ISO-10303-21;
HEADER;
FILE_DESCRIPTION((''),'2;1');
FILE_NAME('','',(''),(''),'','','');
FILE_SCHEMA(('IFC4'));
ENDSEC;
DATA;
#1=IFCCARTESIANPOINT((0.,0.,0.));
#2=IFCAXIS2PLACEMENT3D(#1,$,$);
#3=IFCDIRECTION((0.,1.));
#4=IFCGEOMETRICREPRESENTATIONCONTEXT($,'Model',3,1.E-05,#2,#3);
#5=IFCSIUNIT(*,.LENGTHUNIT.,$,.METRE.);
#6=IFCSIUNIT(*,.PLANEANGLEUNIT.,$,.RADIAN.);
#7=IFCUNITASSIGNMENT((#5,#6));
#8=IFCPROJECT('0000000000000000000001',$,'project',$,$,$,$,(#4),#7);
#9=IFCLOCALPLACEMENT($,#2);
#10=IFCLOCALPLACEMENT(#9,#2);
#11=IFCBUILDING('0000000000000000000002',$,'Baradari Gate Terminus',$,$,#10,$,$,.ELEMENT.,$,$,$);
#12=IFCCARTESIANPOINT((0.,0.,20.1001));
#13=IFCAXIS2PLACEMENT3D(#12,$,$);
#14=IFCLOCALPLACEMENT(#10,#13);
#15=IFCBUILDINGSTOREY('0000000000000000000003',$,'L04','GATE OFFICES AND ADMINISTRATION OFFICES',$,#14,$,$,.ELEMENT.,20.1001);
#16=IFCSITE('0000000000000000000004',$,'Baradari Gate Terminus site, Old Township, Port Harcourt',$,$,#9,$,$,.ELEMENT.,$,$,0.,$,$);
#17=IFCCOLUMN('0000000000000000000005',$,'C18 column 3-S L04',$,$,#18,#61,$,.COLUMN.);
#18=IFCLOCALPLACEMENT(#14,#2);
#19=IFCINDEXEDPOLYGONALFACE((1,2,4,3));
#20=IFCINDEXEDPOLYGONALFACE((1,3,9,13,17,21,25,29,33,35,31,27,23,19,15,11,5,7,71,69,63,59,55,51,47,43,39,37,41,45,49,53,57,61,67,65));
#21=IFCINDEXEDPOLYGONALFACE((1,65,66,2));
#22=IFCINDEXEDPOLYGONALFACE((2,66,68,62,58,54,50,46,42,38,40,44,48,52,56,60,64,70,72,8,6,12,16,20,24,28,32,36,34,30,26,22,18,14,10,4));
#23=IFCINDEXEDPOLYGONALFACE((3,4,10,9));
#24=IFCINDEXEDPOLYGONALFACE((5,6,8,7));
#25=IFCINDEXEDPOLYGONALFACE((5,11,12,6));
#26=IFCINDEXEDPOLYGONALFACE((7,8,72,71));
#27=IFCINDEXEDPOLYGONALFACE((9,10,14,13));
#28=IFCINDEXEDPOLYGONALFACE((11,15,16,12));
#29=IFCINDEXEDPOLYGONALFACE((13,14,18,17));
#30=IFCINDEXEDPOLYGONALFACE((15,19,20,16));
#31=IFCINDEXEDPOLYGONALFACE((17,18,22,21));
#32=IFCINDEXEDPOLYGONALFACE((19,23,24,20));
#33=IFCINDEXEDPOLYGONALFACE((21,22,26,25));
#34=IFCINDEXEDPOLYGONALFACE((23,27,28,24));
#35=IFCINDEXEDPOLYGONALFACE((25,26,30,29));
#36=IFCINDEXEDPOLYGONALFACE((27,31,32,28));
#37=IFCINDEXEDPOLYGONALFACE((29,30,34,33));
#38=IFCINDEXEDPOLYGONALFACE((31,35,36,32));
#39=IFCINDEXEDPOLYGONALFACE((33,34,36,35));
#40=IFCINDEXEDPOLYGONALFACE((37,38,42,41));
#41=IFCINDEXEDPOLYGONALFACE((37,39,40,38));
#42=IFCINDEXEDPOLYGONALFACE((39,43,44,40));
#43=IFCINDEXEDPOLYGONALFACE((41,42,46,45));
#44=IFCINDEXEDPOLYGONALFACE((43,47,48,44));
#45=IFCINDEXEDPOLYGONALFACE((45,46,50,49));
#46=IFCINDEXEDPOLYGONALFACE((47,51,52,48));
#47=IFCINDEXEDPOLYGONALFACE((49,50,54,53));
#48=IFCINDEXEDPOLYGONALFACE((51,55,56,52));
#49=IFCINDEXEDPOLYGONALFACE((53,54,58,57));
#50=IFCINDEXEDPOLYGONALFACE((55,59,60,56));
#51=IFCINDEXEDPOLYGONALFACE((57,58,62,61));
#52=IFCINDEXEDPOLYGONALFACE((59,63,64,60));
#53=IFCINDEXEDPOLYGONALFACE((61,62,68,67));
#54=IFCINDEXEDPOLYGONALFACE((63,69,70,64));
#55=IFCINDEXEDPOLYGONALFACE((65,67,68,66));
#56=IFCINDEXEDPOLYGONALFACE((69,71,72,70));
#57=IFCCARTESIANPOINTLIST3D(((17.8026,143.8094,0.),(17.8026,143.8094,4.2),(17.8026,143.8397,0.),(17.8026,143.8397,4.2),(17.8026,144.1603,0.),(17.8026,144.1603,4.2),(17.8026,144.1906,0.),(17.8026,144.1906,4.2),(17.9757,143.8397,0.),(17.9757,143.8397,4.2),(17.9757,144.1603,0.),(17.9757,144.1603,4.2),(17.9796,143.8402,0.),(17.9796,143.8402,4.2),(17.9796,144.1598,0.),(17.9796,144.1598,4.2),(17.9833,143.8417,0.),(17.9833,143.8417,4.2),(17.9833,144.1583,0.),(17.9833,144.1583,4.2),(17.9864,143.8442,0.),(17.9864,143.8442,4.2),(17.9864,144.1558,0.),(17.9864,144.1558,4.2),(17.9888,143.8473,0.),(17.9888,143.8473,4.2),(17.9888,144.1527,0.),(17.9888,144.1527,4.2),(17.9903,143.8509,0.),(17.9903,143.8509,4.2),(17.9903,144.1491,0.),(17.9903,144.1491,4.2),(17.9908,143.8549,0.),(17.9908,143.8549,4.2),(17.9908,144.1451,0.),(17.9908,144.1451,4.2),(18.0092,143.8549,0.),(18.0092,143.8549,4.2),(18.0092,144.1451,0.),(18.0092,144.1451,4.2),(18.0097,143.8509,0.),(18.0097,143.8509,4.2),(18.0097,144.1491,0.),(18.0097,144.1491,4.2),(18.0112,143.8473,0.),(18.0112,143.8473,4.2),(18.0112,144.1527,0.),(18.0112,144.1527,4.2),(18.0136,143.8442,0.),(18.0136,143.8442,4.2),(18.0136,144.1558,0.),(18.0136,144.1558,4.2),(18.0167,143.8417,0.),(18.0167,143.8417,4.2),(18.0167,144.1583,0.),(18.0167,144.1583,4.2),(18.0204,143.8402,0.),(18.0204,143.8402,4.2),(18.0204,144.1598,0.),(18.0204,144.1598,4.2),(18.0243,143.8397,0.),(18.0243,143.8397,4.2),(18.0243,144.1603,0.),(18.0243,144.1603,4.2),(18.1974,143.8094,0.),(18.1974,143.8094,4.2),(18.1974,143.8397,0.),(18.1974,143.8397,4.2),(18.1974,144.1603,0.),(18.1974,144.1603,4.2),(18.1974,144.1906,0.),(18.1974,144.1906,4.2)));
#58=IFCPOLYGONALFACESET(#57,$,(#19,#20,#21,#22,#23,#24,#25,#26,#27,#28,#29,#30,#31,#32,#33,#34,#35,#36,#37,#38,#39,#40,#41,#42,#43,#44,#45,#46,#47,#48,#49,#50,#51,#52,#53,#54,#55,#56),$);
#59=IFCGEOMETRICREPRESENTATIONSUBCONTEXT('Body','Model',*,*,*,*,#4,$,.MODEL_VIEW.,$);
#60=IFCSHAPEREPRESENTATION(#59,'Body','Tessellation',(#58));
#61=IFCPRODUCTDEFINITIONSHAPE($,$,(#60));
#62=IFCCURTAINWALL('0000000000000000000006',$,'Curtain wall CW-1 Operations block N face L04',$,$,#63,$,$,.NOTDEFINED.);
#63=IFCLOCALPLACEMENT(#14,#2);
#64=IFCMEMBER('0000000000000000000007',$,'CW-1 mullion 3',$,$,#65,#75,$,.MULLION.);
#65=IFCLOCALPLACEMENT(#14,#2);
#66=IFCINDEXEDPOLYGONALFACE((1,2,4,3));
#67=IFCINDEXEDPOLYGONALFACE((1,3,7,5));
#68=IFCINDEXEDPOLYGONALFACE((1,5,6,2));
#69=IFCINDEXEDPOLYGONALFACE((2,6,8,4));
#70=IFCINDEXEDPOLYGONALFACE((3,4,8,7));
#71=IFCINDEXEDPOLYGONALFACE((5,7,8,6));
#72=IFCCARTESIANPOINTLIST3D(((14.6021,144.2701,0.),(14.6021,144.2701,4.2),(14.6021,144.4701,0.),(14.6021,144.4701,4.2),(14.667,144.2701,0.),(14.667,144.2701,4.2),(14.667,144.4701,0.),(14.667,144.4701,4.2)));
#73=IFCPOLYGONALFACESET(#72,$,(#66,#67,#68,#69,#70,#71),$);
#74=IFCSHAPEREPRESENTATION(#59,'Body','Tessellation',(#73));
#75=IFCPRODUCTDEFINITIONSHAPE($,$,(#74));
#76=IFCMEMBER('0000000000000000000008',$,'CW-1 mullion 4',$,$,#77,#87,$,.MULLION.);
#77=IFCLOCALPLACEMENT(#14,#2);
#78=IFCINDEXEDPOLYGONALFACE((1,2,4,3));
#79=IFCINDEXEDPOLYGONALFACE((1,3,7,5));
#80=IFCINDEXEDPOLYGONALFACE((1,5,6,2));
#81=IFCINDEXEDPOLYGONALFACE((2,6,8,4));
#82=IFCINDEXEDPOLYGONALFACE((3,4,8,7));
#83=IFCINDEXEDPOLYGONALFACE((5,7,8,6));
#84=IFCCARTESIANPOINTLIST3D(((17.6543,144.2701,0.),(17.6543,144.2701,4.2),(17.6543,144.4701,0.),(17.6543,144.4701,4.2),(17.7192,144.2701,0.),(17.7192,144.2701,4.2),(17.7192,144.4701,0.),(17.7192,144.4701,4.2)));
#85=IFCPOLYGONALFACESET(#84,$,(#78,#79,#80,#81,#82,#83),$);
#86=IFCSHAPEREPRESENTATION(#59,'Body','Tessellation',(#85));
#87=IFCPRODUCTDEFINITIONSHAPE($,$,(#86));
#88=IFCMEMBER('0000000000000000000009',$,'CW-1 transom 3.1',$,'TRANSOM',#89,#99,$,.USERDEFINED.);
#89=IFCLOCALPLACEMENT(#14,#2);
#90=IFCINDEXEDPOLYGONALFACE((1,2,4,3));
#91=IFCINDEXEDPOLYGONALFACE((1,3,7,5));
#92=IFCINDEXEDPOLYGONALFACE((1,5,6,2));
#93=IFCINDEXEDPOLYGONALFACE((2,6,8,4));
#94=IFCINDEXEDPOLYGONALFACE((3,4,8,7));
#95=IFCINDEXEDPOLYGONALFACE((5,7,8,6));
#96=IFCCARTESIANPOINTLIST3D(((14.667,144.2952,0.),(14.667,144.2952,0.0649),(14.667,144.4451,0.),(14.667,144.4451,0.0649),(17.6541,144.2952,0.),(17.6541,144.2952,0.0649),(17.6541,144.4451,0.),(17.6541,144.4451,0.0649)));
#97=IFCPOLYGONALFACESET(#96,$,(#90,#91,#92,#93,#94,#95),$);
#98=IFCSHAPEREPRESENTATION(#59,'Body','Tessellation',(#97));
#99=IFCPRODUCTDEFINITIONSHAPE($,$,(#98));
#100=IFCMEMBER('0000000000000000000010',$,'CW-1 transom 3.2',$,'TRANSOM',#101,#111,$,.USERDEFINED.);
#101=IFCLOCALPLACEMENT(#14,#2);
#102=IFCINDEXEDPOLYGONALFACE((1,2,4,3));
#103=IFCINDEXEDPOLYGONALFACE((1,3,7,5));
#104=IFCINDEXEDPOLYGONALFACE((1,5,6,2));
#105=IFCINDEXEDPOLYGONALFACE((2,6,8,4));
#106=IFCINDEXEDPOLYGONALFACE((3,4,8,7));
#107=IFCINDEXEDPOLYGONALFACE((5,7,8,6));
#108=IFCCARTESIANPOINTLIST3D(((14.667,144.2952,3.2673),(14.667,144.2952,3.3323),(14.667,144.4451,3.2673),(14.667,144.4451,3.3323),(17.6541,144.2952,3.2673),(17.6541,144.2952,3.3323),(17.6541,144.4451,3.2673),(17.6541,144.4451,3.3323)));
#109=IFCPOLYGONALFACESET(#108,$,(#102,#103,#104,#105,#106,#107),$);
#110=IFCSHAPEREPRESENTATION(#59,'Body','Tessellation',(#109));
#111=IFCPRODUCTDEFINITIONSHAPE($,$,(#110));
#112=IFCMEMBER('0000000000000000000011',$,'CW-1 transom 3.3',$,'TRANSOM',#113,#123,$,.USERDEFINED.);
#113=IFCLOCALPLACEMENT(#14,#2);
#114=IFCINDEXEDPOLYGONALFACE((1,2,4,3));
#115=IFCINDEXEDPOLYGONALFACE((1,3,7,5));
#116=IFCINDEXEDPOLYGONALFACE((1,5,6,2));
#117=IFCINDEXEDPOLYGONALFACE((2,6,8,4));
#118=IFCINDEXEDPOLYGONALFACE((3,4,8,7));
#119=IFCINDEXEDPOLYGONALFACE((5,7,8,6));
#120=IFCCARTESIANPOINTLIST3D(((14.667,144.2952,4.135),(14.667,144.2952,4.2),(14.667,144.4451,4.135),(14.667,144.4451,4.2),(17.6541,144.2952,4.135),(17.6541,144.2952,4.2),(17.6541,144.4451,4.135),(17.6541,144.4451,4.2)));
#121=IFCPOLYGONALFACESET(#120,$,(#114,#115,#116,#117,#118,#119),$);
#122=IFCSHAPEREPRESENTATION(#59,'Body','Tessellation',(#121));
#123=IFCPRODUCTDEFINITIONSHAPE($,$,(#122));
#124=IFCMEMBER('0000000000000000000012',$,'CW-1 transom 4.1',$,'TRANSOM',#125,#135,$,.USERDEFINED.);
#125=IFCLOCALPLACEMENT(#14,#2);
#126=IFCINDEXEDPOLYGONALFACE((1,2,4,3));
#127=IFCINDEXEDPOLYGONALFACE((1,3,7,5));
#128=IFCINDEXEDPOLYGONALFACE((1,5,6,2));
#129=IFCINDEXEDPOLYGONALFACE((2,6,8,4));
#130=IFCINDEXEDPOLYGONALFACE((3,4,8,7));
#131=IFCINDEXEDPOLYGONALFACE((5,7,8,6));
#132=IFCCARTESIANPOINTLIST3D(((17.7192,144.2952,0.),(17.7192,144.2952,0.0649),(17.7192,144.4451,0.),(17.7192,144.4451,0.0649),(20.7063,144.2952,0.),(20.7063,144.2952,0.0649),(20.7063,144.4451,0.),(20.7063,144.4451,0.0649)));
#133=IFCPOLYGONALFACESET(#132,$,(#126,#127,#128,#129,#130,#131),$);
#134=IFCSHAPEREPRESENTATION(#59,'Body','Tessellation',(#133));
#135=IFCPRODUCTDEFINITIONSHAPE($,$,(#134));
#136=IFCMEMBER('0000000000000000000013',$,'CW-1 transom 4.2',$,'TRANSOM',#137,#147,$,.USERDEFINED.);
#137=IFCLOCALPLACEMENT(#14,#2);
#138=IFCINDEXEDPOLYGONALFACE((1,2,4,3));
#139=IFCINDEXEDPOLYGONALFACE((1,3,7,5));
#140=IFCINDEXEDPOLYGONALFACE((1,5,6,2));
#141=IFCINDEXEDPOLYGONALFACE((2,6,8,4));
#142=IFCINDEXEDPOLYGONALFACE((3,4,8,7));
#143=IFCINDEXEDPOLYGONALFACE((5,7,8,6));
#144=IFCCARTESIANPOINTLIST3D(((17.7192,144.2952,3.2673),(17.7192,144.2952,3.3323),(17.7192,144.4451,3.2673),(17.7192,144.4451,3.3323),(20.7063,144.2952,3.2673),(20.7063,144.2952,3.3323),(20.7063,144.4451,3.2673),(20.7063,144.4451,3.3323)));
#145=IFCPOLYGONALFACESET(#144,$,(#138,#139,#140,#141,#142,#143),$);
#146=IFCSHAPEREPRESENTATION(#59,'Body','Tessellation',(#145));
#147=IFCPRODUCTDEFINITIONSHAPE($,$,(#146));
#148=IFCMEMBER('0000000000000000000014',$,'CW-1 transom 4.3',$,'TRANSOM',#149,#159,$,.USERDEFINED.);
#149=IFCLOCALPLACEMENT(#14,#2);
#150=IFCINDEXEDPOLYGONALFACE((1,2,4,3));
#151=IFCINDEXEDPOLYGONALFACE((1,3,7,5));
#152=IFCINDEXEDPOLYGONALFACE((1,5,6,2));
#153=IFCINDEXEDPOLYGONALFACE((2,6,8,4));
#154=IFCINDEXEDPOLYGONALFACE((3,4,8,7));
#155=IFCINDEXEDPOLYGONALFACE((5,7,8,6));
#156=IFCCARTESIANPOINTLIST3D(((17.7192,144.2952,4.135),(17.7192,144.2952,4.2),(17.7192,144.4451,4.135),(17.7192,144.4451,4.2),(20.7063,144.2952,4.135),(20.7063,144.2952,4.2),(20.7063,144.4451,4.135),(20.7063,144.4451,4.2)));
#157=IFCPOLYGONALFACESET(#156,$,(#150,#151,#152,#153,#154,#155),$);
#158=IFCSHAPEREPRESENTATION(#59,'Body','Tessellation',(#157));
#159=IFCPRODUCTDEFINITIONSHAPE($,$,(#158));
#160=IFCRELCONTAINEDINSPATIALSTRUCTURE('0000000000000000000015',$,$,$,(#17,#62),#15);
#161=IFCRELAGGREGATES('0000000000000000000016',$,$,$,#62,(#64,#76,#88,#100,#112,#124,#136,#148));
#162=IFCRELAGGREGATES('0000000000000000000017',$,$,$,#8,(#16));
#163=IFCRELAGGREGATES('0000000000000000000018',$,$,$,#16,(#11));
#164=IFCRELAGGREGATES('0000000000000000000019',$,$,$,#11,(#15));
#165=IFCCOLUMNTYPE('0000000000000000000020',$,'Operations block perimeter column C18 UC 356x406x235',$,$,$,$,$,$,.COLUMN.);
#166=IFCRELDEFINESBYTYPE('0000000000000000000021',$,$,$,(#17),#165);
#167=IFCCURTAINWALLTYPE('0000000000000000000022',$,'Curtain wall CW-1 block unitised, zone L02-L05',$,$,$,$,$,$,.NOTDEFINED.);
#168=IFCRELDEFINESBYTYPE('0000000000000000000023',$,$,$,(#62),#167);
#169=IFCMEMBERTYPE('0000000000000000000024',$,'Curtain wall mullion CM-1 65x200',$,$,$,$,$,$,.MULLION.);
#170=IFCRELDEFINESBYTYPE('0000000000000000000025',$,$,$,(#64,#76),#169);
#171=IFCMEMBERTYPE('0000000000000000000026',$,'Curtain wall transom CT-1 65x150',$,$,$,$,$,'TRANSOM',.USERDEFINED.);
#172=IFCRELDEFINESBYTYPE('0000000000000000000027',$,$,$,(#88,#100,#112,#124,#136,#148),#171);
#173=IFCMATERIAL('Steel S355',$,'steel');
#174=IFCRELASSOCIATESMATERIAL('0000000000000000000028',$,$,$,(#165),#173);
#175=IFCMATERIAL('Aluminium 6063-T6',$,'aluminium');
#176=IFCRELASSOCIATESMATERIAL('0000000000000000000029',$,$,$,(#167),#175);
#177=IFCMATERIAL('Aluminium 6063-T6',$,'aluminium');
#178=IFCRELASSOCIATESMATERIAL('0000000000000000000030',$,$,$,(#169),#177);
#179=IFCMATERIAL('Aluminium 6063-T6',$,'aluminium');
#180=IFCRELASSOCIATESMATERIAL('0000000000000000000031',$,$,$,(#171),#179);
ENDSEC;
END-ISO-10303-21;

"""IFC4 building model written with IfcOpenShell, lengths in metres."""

from ifc_helpers import new_model, si_unit, direction, frame, origin, origin_2d, place, context, subcontext, project, spatial, rectangle, i_section, extrude, material, material_profile, profile_set, type_object, element, aggregate, save


model = new_model("IFC4")

# Units and contexts
model_context = context("Model", 3, precision=1e-05, world=origin(), true_north=direction((0.0, 1.0)))
body_context = subcontext(model_context, "Body", "Model", "MODEL_VIEW")
ifc_project = project(units=[si_unit("LENGTHUNIT", "METRE"), si_unit("PLANEANGLEUNIT", "RADIAN")], contexts=[model_context])

# Site, building, storey
site_placement = place(None, origin())
site = spatial("IfcSite", under=ifc_project, at=site_placement, Name="Baradari Gate Terminus site, Old Township, Port Harcourt", CompositionType="ELEMENT", RefElevation=0.0)
building_placement = place(site_placement, origin())
building = spatial("IfcBuilding", under=site, at=building_placement, Name="Baradari Gate Terminus", CompositionType="ELEMENT")
storey_placement = place(building_placement, frame((0.0, 0.0, 20.1001)))
storey = spatial("IfcBuildingStorey", under=building, at=storey_placement, Name="L04", Description="GATE OFFICES AND ADMINISTRATION OFFICES", CompositionType="ELEMENT", Elevation=20.1001)

# Column
ifc_material_1 = material(Name="Steel S355", Category="steel")
ifc_material_profile_1 = material_profile(ifc_material_1, i_section(OverallWidth=0.3948, OverallDepth=0.3811, WebThickness=0.0183, FlangeThickness=0.0303, FilletRadius=0.0151, at=origin_2d()), Name="UC 356x406x235")
ifc_profile_set_1 = profile_set([ifc_material_profile_1], Name="Steel S355")
column_type = type_object("IfcColumnType", Name="Operations block perimeter column C18 UC 356x406x235", PredefinedType="COLUMN", material=ifc_profile_set_1)
column_placement = place(storey_placement, frame((18.0, 144.0, 0.0), z_axis=(0.0, 0.0, 1.0), x_axis=(1.0, 0.0, 0.0)))
element("IfcColumn", 1, at=column_placement, inside=storey, type_object=column_type, Name="C18 column 3-S L04", PredefinedType="COLUMN", context=body_context, shape_type="SweptSolid", body=[
    extrude(i_section(OverallWidth=0.3948, OverallDepth=0.3811, WebThickness=0.0183, FlangeThickness=0.0303, FilletRadius=0.0151, at=origin_2d()), origin(), (0.0, 0.0, 1.0), 4.2),
])

# Curtain wall, members
ifc_material_2 = material(Name="Aluminium 6063-T6", Category="aluminium")
curtain_wall_type = type_object("IfcCurtainWallType", Name="Curtain wall CW-1 block unitised, zone L02-L05", PredefinedType="NOTDEFINED", material=ifc_material_2)
curtain_wall_placement = place(storey_placement, origin())
curtain_wall = element("IfcCurtainWall", 2, at=curtain_wall_placement, inside=storey, type_object=curtain_wall_type, Name="Curtain wall CW-1 Operations block N face L04", PredefinedType="NOTDEFINED")
ifc_material_3 = material(Name="Aluminium 6063-T6", Category="aluminium")
ifc_material_profile_2 = material_profile(ifc_material_3, rectangle(XDim=0.2, YDim=0.0649, at=origin_2d()), Name="CM-1 65X200")
ifc_profile_set_2 = profile_set([ifc_material_profile_2], Name="Aluminium 6063-T6")
member_type_1 = type_object("IfcMemberType", Name="Curtain wall mullion CM-1 65x200", PredefinedType="MULLION", material=ifc_profile_set_2)
member_1_placement = place(storey_placement, frame((14.6345, 144.3701, 0.0), z_axis=(0.0, 0.0, 1.0), x_axis=(0.0, 1.0, 0.0)))
member_1 = element("IfcMember", 3, at=member_1_placement, type_object=member_type_1, Name="CW-1 mullion 3", PredefinedType="MULLION", context=body_context, shape_type="SweptSolid", body=[
    extrude(rectangle(XDim=0.2, YDim=0.0649, at=origin_2d()), origin(), (0.0, 0.0, 1.0), 4.2),
])
member_2_placement = place(storey_placement, frame((17.6868, 144.3701, 0.0), z_axis=(0.0, 0.0, 1.0), x_axis=(0.0, 1.0, 0.0)))
member_2 = element("IfcMember", 4, at=member_2_placement, type_object=member_type_1, Name="CW-1 mullion 4", PredefinedType="MULLION", context=body_context, shape_type="SweptSolid", body=[
    extrude(rectangle(XDim=0.2, YDim=0.0649, at=origin_2d()), origin(), (0.0, 0.0, 1.0), 4.2),
])
ifc_material_4 = material(Name="Aluminium 6063-T6", Category="aluminium")
ifc_material_profile_3 = material_profile(ifc_material_4, rectangle(XDim=0.1499, YDim=0.0649, at=origin_2d()), Name="CT-1 65X150")
ifc_profile_set_3 = profile_set([ifc_material_profile_3], Name="Aluminium 6063-T6")
member_type_2 = type_object("IfcMemberType", Name="Curtain wall transom CT-1 65x150", ElementType="TRANSOM", PredefinedType="USERDEFINED", material=ifc_profile_set_3)
member_3_placement = place(storey_placement, frame((14.667, 144.3701, 0.0325), z_axis=(1.0, 0.0, 0.0), x_axis=(0.0, 1.0, 0.0)))
member_3 = element("IfcMember", 5, at=member_3_placement, type_object=member_type_2, Name="CW-1 transom 3.1", ObjectType="TRANSOM", PredefinedType="USERDEFINED", context=body_context, shape_type="SweptSolid", body=[
    extrude(rectangle(XDim=0.1499, YDim=0.0649, at=origin_2d()), origin(), (0.0, 0.0, 1.0), 2.9871),
])
member_4_placement = place(storey_placement, frame((14.667, 144.3701, 3.2998), z_axis=(1.0, 0.0, 0.0), x_axis=(0.0, 1.0, 0.0)))
member_4 = element("IfcMember", 6, at=member_4_placement, type_object=member_type_2, Name="CW-1 transom 3.2", ObjectType="TRANSOM", PredefinedType="USERDEFINED", context=body_context, shape_type="SweptSolid", body=[
    extrude(rectangle(XDim=0.1499, YDim=0.0649, at=origin_2d()), origin(), (0.0, 0.0, 1.0), 2.9871),
])
member_5_placement = place(storey_placement, frame((14.667, 144.3701, 4.1675), z_axis=(1.0, 0.0, 0.0), x_axis=(0.0, 1.0, 0.0)))
member_5 = element("IfcMember", 7, at=member_5_placement, type_object=member_type_2, Name="CW-1 transom 3.3", ObjectType="TRANSOM", PredefinedType="USERDEFINED", context=body_context, shape_type="SweptSolid", body=[
    extrude(rectangle(XDim=0.1499, YDim=0.0649, at=origin_2d()), origin(), (0.0, 0.0, 1.0), 2.9871),
])
member_6_placement = place(storey_placement, frame((17.7192, 144.3701, 0.0325), z_axis=(1.0, 0.0, 0.0), x_axis=(0.0, 1.0, 0.0)))
member_6 = element("IfcMember", 8, at=member_6_placement, type_object=member_type_2, Name="CW-1 transom 4.1", ObjectType="TRANSOM", PredefinedType="USERDEFINED", context=body_context, shape_type="SweptSolid", body=[
    extrude(rectangle(XDim=0.1499, YDim=0.0649, at=origin_2d()), origin(), (0.0, 0.0, 1.0), 2.9871),
])
member_7_placement = place(storey_placement, frame((17.7192, 144.3701, 3.2998), z_axis=(1.0, 0.0, 0.0), x_axis=(0.0, 1.0, 0.0)))
member_7 = element("IfcMember", 9, at=member_7_placement, type_object=member_type_2, Name="CW-1 transom 4.2", ObjectType="TRANSOM", PredefinedType="USERDEFINED", context=body_context, shape_type="SweptSolid", body=[
    extrude(rectangle(XDim=0.1499, YDim=0.0649, at=origin_2d()), origin(), (0.0, 0.0, 1.0), 2.9871),
])
member_8_placement = place(storey_placement, frame((17.7192, 144.3701, 4.1675), z_axis=(1.0, 0.0, 0.0), x_axis=(0.0, 1.0, 0.0)))
member_8 = element("IfcMember", 10, at=member_8_placement, type_object=member_type_2, Name="CW-1 transom 4.3", ObjectType="TRANSOM", PredefinedType="USERDEFINED", context=body_context, shape_type="SweptSolid", body=[
    extrude(rectangle(XDim=0.1499, YDim=0.0649, at=origin_2d()), origin(), (0.0, 0.0, 1.0), 2.9871),
])

aggregate(curtain_wall, [member_1, member_2, member_3, member_4, member_5, member_6, member_7, member_8])

save(model, "model.ifc")
